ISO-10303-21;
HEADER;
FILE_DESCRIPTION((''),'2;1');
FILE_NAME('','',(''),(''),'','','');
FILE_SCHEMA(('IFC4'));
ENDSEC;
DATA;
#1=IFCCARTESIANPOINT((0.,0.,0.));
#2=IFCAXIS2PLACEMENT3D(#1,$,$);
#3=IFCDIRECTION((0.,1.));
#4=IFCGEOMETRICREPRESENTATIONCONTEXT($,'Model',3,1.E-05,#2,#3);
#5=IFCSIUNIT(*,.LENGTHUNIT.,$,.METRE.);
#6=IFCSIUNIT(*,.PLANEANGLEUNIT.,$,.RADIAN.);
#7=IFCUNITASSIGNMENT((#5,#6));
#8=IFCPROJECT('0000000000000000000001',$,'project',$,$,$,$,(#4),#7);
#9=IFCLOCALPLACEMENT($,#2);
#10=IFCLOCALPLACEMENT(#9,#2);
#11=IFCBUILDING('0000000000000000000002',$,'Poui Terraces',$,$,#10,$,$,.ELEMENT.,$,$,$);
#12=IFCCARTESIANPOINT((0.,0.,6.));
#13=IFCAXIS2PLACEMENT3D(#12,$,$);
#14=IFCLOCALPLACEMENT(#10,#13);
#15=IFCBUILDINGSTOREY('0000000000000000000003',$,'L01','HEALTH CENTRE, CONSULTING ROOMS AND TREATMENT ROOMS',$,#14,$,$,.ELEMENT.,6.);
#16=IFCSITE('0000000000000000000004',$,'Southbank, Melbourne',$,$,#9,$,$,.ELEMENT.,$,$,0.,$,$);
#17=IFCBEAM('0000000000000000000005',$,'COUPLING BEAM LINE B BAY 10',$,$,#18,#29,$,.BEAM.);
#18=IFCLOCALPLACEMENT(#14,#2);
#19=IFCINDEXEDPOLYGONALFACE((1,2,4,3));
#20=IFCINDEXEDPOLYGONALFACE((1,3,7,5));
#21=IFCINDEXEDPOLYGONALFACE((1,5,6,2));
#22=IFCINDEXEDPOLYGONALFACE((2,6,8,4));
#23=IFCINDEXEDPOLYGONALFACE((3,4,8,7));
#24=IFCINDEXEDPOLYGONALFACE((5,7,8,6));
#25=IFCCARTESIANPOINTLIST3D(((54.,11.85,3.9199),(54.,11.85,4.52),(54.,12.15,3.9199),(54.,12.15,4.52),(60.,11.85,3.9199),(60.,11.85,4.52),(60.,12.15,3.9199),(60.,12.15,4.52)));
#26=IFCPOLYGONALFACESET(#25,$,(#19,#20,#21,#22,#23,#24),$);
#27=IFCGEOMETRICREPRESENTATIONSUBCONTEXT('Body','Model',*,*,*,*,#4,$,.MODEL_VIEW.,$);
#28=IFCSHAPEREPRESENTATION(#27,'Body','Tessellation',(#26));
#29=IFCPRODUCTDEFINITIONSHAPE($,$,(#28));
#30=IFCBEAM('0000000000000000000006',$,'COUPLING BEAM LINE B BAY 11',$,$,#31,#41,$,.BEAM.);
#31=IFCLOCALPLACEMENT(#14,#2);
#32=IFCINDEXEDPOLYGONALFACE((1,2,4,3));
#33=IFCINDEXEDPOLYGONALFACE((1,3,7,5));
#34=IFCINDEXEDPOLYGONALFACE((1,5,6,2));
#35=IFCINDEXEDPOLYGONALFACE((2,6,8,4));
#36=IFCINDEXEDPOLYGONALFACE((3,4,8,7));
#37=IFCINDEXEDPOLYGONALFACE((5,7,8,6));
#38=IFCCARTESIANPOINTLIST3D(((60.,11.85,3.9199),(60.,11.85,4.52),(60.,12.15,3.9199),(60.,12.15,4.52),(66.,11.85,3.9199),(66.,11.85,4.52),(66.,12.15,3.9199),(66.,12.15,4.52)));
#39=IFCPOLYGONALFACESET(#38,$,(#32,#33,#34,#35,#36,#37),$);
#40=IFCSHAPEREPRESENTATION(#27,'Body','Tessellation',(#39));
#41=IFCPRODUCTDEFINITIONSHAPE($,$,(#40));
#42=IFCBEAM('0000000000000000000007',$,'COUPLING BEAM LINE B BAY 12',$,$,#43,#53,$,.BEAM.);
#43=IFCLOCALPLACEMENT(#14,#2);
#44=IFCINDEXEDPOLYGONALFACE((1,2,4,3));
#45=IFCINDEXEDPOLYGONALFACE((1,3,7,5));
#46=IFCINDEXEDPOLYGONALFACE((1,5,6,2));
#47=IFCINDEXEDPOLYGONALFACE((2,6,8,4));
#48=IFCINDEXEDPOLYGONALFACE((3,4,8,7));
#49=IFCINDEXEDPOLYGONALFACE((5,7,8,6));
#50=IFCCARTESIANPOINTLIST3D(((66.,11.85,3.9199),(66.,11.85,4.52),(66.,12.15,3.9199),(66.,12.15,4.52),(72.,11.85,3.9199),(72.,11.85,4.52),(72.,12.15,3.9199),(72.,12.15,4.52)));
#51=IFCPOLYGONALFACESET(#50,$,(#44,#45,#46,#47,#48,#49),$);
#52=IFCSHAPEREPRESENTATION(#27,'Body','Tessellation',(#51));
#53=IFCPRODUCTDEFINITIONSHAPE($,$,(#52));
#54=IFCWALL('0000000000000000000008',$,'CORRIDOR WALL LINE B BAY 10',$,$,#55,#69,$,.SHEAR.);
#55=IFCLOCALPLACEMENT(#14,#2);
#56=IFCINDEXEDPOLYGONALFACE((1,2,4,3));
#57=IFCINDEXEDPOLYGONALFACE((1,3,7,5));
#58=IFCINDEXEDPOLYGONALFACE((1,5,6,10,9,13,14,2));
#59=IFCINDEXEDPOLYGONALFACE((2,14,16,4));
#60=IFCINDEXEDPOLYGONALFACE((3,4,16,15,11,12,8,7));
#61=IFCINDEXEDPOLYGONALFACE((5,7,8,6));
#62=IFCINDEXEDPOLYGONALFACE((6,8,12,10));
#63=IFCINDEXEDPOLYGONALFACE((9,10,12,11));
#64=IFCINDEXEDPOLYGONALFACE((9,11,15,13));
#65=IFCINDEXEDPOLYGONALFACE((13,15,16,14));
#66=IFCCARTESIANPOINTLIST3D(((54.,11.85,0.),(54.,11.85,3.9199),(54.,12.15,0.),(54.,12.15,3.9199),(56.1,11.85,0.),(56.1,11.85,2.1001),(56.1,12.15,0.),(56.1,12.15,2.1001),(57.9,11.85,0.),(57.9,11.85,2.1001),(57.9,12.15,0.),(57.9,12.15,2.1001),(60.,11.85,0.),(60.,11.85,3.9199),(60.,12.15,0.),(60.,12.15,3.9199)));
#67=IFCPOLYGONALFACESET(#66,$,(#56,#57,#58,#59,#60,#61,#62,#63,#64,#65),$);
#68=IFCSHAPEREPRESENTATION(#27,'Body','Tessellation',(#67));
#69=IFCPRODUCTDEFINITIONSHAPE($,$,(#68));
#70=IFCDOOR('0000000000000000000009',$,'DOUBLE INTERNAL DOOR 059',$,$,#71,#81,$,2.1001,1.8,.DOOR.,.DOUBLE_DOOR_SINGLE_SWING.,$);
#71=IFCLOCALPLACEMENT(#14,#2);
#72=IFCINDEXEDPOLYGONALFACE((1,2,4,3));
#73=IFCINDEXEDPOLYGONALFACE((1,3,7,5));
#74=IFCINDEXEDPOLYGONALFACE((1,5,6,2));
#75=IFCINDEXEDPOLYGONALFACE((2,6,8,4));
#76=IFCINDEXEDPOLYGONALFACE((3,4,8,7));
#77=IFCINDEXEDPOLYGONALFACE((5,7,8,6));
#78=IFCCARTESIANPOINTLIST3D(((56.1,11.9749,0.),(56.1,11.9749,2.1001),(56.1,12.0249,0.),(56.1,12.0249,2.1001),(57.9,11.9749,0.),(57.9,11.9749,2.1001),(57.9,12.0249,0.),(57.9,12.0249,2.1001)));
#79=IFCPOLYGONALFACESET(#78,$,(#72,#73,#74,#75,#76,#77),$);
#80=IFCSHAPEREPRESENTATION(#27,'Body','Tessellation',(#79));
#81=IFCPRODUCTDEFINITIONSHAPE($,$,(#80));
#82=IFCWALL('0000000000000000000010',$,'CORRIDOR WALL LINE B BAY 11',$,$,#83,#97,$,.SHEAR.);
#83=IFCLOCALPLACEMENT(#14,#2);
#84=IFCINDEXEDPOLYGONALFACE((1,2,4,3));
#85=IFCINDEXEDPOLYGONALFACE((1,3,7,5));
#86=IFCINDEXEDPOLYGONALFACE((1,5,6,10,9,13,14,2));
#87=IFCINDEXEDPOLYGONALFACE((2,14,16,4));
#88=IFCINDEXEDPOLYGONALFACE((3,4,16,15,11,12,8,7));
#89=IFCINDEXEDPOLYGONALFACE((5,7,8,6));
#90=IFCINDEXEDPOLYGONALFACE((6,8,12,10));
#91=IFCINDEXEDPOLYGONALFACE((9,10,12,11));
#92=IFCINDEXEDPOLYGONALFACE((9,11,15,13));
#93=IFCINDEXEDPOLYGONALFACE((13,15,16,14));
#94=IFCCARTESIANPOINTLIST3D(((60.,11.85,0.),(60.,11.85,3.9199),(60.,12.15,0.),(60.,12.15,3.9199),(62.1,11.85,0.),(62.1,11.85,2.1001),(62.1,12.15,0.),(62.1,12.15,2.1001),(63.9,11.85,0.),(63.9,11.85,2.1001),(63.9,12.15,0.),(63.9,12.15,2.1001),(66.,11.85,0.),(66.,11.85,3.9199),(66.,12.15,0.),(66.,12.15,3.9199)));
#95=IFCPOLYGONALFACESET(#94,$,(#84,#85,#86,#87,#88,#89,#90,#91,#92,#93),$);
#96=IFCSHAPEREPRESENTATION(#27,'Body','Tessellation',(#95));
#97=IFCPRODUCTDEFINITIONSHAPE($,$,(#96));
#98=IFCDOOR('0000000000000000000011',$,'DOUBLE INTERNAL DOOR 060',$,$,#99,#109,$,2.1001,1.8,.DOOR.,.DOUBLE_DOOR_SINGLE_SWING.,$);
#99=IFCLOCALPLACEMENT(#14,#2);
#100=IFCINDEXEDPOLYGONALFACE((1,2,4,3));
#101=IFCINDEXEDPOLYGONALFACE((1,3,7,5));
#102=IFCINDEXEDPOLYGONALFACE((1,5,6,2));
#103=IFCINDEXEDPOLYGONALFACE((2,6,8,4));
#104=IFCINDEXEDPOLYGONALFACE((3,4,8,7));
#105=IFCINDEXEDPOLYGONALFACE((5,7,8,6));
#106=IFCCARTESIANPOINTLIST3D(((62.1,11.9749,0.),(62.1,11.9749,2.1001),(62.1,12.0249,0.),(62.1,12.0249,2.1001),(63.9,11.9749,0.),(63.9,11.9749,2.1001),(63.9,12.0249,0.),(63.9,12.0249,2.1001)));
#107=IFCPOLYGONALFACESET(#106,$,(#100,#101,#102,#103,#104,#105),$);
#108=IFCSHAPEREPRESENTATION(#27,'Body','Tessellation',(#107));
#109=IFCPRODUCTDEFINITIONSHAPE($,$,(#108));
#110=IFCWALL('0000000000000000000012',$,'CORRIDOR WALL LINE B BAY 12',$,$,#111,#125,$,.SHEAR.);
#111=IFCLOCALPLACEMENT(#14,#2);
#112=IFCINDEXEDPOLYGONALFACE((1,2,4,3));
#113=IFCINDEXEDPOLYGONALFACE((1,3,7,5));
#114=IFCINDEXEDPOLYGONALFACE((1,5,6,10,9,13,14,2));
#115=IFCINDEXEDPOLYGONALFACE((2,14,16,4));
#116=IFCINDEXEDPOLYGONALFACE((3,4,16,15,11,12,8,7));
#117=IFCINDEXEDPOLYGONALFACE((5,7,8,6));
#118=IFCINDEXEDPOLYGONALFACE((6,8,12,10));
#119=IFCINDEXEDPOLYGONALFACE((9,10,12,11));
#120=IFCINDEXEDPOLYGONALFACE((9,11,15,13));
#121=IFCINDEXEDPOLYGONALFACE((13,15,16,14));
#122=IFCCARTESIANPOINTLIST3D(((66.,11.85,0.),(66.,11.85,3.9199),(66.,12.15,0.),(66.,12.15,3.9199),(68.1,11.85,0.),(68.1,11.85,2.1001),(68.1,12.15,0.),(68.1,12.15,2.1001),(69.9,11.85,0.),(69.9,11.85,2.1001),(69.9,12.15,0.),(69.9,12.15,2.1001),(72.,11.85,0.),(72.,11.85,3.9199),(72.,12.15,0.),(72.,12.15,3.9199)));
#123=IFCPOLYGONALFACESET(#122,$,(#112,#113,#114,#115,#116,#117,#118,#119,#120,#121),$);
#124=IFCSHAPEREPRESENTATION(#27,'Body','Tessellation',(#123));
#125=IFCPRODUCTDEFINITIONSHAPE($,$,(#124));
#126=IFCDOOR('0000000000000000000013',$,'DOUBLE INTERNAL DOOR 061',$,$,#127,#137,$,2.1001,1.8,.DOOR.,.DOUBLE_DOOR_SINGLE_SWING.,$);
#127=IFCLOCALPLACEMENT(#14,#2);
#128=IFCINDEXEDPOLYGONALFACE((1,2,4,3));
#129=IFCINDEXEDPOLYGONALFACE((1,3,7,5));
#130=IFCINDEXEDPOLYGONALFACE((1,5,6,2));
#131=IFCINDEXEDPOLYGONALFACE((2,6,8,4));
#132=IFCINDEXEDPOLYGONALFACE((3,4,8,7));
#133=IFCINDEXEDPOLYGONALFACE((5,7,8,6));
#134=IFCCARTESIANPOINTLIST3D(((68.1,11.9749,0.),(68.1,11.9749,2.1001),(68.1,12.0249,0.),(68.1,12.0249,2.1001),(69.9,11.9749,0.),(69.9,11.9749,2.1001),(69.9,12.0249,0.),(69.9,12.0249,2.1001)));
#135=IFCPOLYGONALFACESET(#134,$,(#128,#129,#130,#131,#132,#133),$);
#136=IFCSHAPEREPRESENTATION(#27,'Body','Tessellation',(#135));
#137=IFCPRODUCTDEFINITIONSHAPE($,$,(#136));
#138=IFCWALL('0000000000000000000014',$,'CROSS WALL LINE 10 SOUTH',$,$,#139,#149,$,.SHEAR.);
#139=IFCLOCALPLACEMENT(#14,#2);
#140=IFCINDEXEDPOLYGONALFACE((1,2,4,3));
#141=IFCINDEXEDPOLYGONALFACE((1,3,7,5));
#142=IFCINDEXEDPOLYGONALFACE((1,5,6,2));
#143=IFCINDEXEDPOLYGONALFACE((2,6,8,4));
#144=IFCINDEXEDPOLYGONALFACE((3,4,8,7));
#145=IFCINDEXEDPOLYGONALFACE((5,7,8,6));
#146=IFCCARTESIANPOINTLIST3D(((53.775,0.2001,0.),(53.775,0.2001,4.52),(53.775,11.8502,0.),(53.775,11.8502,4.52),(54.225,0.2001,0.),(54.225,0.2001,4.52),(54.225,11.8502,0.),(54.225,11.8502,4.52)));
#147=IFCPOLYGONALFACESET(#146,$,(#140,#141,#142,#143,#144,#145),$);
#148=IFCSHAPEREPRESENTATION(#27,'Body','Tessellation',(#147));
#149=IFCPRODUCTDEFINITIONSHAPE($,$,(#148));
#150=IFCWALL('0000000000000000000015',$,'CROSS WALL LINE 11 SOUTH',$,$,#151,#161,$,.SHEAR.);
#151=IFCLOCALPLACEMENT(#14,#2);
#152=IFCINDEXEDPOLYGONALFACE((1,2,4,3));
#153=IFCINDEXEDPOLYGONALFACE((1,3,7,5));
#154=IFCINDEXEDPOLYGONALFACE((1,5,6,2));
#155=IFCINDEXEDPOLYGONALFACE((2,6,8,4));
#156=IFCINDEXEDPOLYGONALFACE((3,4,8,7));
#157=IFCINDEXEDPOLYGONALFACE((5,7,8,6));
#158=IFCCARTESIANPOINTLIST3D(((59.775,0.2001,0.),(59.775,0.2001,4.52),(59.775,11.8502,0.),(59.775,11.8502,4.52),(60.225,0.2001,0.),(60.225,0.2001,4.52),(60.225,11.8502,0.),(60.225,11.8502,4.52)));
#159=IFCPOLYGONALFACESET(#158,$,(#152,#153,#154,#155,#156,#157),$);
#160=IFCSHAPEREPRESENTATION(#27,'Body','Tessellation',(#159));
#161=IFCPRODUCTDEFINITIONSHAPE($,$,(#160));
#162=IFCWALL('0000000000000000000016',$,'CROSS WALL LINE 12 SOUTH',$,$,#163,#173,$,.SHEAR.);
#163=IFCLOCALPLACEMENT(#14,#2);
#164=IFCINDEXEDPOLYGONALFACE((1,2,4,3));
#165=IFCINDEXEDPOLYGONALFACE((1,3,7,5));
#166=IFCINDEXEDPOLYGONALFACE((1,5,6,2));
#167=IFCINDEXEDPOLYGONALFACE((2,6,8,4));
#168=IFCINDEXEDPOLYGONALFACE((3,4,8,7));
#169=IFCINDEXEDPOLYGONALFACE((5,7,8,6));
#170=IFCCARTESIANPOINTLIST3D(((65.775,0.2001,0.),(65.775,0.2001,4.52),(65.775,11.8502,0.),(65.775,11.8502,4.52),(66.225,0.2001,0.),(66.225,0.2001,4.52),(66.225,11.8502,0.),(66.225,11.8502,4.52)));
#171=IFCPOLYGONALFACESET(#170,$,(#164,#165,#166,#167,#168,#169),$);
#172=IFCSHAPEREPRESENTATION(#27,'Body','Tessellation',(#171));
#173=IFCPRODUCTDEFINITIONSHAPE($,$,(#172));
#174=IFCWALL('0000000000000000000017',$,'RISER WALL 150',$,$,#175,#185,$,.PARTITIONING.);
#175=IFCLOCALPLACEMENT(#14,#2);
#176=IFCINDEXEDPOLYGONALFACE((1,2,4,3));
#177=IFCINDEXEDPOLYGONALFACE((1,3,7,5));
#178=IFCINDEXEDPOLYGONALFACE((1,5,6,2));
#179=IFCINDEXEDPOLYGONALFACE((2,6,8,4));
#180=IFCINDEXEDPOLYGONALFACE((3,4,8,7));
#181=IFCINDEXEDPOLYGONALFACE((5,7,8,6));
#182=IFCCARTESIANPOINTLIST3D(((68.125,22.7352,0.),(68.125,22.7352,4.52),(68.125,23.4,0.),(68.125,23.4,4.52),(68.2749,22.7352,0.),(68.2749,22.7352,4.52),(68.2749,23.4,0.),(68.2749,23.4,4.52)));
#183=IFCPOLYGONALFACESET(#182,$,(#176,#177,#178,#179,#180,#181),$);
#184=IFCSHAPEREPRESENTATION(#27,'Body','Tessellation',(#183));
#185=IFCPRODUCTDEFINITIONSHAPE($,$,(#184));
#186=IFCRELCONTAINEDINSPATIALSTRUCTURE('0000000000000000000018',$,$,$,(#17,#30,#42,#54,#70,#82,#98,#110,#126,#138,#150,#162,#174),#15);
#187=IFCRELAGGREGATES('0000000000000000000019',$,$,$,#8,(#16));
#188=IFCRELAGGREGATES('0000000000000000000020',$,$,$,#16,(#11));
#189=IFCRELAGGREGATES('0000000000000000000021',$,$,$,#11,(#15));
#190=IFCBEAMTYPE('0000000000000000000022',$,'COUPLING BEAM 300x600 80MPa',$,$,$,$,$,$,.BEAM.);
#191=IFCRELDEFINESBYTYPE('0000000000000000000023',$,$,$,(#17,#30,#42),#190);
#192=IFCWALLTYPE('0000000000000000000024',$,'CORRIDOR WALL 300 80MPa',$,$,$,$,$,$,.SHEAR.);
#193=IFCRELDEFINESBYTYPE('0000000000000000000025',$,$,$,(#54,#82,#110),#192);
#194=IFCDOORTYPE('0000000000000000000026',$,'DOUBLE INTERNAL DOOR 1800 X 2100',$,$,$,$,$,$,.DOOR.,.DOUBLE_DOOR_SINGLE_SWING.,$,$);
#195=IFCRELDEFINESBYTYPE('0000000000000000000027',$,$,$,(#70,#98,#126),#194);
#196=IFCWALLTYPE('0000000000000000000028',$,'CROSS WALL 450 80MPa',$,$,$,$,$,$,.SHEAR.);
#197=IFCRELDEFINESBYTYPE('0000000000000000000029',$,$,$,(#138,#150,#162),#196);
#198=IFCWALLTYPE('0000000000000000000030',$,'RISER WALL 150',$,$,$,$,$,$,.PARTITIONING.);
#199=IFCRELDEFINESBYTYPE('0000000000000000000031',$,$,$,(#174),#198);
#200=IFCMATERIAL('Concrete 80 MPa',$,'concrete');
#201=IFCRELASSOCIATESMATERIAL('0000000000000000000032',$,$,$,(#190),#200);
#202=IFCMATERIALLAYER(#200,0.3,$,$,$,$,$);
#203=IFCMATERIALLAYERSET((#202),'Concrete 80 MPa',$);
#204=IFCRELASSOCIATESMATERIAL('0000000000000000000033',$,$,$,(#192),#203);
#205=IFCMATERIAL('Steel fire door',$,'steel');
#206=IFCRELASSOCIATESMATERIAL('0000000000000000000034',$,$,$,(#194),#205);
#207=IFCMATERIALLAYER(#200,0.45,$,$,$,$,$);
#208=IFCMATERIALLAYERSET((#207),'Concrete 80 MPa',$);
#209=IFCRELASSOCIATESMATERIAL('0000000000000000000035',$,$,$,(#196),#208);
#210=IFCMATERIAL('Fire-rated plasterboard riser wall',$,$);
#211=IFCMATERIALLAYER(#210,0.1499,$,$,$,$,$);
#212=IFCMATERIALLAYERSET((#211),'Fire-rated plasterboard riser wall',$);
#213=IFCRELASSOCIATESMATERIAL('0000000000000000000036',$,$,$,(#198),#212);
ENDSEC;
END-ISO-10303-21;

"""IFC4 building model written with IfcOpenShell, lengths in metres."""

from ifc_helpers import new_model, si_unit, direction, frame, frame_2d, origin, origin_2d, place, context, subcontext, project, spatial, rectangle, extrude, source, transform, mapped, material, layer, layer_set, material_profile, profile_set, type_object, element, fill, save


model = new_model("IFC4")

# Units and contexts
model_context = context("Model", 3, precision=1e-05, world=origin(), true_north=direction((0.0, 1.0)))
body_context = subcontext(model_context, "Body", "Model", "MODEL_VIEW")
ifc_project = project(units=[si_unit("LENGTHUNIT", "METRE"), si_unit("PLANEANGLEUNIT", "RADIAN")], contexts=[model_context])

# Site, building, storey
site_placement = place(None, origin())
site = spatial("IfcSite", under=ifc_project, at=site_placement, Name="Southbank, Melbourne", CompositionType="ELEMENT", RefElevation=0.0)
building_placement = place(site_placement, origin())
building = spatial("IfcBuilding", under=site, at=building_placement, Name="Poui Terraces", CompositionType="ELEMENT")
storey_placement = place(building_placement, frame((0.0, 0.0, 6.0)))
storey = spatial("IfcBuildingStorey", under=building, at=storey_placement, Name="L01", Description="HEALTH CENTRE, CONSULTING ROOMS AND TREATMENT ROOMS", CompositionType="ELEMENT", Elevation=6.0)

# Beams
ifc_material_1 = material(Name="Concrete 80 MPa", Category="concrete")
ifc_material_profile = material_profile(ifc_material_1, rectangle(XDim=0.3, YDim=0.6001, at=origin_2d()), Name="RC 300x600")
ifc_profile_set = profile_set([ifc_material_profile], Name="Concrete 80 MPa")
beam_type = type_object("IfcBeamType", Name="COUPLING BEAM 300x600 80MPa", PredefinedType="BEAM", material=ifc_profile_set)
shared_shape = source(origin(), body_context, "Body", "SweptSolid", [
    extrude(rectangle(XDim=0.3, YDim=0.6001, at=origin_2d()), origin(), (0.0, 0.0, 1.0), 6.0),
])
for number, where, z_axis, x_axis, name in (
    (1, (54.0, 12.0, 4.22), (1.0, 0.0, 0.0), (0.0, 1.0, 0.0), "COUPLING BEAM LINE B BAY 10"),
    (2, (60.0, 12.0, 4.22), (1.0, 0.0, 0.0), (0.0, 1.0, 0.0), "COUPLING BEAM LINE B BAY 11"),
    (3, (66.0, 12.0, 4.22), (1.0, 0.0, 0.0), (0.0, 1.0, 0.0), "COUPLING BEAM LINE B BAY 12"),
):
    element("IfcBeam", number, at=place(storey_placement, frame(where, z_axis=z_axis, x_axis=x_axis)), inside=storey, type_object=beam_type, Name=name, PredefinedType="BEAM", context=body_context, shape_type="MappedRepresentation", body=[
        mapped(shared_shape, transform((0.0, 0.0, 0.0))),
    ])

# Walls, openings, doors
ifc_layer_1 = layer(ifc_material_1, 0.3)
ifc_layer_set_1 = layer_set([ifc_layer_1], Name="Concrete 80 MPa")
wall_type_1 = type_object("IfcWallType", Name="CORRIDOR WALL 300 80MPa", PredefinedType="SHEAR", material=ifc_layer_set_1)
wall_1_placement = place(storey_placement, frame((54.0, 12.0, 0.0), z_axis=(0.0, 0.0, 1.0), x_axis=(1.0, 0.0, 0.0)))
wall_1 = element("IfcWall", 4, at=wall_1_placement, inside=storey, type_object=wall_type_1, Name="CORRIDOR WALL LINE B BAY 10", PredefinedType="SHEAR", context=body_context, shape_type="SweptSolid", body=[
    extrude(rectangle(XDim=6.0, YDim=0.3, at=frame_2d((3.0, 0.0))), origin(), (0.0, 0.0, 1.0), 3.9199),
])
opening_1_placement = place(wall_1_placement, frame((2.1001, 0.0, 0.0)))
opening_1 = element("IfcOpeningElement", 5, at=opening_1_placement, cuts=wall_1, PredefinedType="OPENING", context=body_context, shape_type="SweptSolid", body=[
    extrude(rectangle(XDim=1.8, YDim=2.1001, at=frame_2d((0.8999, 1.05))), frame((0.0, 0.1602, 0.0), z_axis=(0.0, -1.0, 0.0), x_axis=(1.0, 0.0, 0.0)), (0.0, 0.0, 1.0), 0.3201),
])
ifc_material_2 = material(Name="Steel fire door", Category="steel")
door_type_1 = type_object("IfcDoorType", Name="DOUBLE INTERNAL DOOR 1800 X 2100", OperationType="DOUBLE_DOOR_SINGLE_SWING", PredefinedType="DOOR", material=ifc_material_2)
door_1_placement = place(opening_1_placement, origin())
door_1 = element("IfcDoor", 6, at=door_1_placement, inside=storey, type_object=door_type_1, Name="DOUBLE INTERNAL DOOR 059", OperationType="DOUBLE_DOOR_SINGLE_SWING", OverallHeight=2.1001, OverallWidth=1.8, PredefinedType="DOOR", context=body_context, shape_type="SweptSolid", body=[
    extrude(rectangle(XDim=1.8, YDim=2.1001, at=frame_2d((0.8999, 1.05))), frame((0.0, 0.0249, 0.0), z_axis=(0.0, -1.0, 0.0), x_axis=(1.0, 0.0, 0.0)), (0.0, 0.0, 1.0), 0.05),
])
fill(opening_1, door_1)
wall_2_placement = place(storey_placement, frame((60.0, 12.0, 0.0), z_axis=(0.0, 0.0, 1.0), x_axis=(1.0, 0.0, 0.0)))
wall_2 = element("IfcWall", 7, at=wall_2_placement, inside=storey, type_object=wall_type_1, Name="CORRIDOR WALL LINE B BAY 11", PredefinedType="SHEAR", context=body_context, shape_type="SweptSolid", body=[
    extrude(rectangle(XDim=6.0, YDim=0.3, at=frame_2d((3.0, 0.0))), origin(), (0.0, 0.0, 1.0), 3.9199),
])
opening_2_placement = place(wall_2_placement, frame((2.1001, 0.0, 0.0)))
opening_2 = element("IfcOpeningElement", 8, at=opening_2_placement, cuts=wall_2, PredefinedType="OPENING", context=body_context, shape_type="SweptSolid", body=[
    extrude(rectangle(XDim=1.8, YDim=2.1001, at=frame_2d((0.8999, 1.05))), frame((0.0, 0.1602, 0.0), z_axis=(0.0, -1.0, 0.0), x_axis=(1.0, 0.0, 0.0)), (0.0, 0.0, 1.0), 0.3201),
])
door_2_placement = place(opening_2_placement, origin())
door_2 = element("IfcDoor", 9, at=door_2_placement, inside=storey, type_object=door_type_1, Name="DOUBLE INTERNAL DOOR 060", OperationType="DOUBLE_DOOR_SINGLE_SWING", OverallHeight=2.1001, OverallWidth=1.8, PredefinedType="DOOR", context=body_context, shape_type="SweptSolid", body=[
    extrude(rectangle(XDim=1.8, YDim=2.1001, at=frame_2d((0.8999, 1.05))), frame((0.0, 0.0249, 0.0), z_axis=(0.0, -1.0, 0.0), x_axis=(1.0, 0.0, 0.0)), (0.0, 0.0, 1.0), 0.05),
])
fill(opening_2, door_2)
wall_3_placement = place(storey_placement, frame((66.0, 12.0, 0.0), z_axis=(0.0, 0.0, 1.0), x_axis=(1.0, 0.0, 0.0)))
wall_3 = element("IfcWall", 10, at=wall_3_placement, inside=storey, type_object=wall_type_1, Name="CORRIDOR WALL LINE B BAY 12", PredefinedType="SHEAR", context=body_context, shape_type="SweptSolid", body=[
    extrude(rectangle(XDim=6.0, YDim=0.3, at=frame_2d((3.0, 0.0))), origin(), (0.0, 0.0, 1.0), 3.9199),
])
opening_3_placement = place(wall_3_placement, frame((2.1001, 0.0, 0.0)))
opening_3 = element("IfcOpeningElement", 11, at=opening_3_placement, cuts=wall_3, PredefinedType="OPENING", context=body_context, shape_type="SweptSolid", body=[
    extrude(rectangle(XDim=1.8, YDim=2.1001, at=frame_2d((0.8999, 1.05))), frame((0.0, 0.1602, 0.0), z_axis=(0.0, -1.0, 0.0), x_axis=(1.0, 0.0, 0.0)), (0.0, 0.0, 1.0), 0.3201),
])
door_3_placement = place(opening_3_placement, origin())
door_3 = element("IfcDoor", 12, at=door_3_placement, inside=storey, type_object=door_type_1, Name="DOUBLE INTERNAL DOOR 061", OperationType="DOUBLE_DOOR_SINGLE_SWING", OverallHeight=2.1001, OverallWidth=1.8, PredefinedType="DOOR", context=body_context, shape_type="SweptSolid", body=[
    extrude(rectangle(XDim=1.8, YDim=2.1001, at=frame_2d((0.8999, 1.05))), frame((0.0, 0.0249, 0.0), z_axis=(0.0, -1.0, 0.0), x_axis=(1.0, 0.0, 0.0)), (0.0, 0.0, 1.0), 0.05),
])
fill(opening_3, door_3)

# Walls
ifc_layer_2 = layer(ifc_material_1, 0.45)
ifc_layer_set_2 = layer_set([ifc_layer_2], Name="Concrete 80 MPa")
wall_type_2 = type_object("IfcWallType", Name="CROSS WALL 450 80MPa", PredefinedType="SHEAR", material=ifc_layer_set_2)
for number, where, z_axis, x_axis, name in (
    (13, (54.0, 0.2, 0.0), (0.0, 0.0, 1.0), (0.0, 1.0, 0.0), "CROSS WALL LINE 10 SOUTH"),
    (14, (60.0, 0.2, 0.0), (0.0, 0.0, 1.0), (0.0, 1.0, 0.0), "CROSS WALL LINE 11 SOUTH"),
    (15, (66.0, 0.2, 0.0), (0.0, 0.0, 1.0), (0.0, 1.0, 0.0), "CROSS WALL LINE 12 SOUTH"),
):
    element("IfcWall", number, at=place(storey_placement, frame(where, z_axis=z_axis, x_axis=x_axis)), inside=storey, type_object=wall_type_2, Name=name, PredefinedType="SHEAR", context=body_context, shape_type="SweptSolid", body=[
        extrude(rectangle(XDim=11.6501, YDim=0.45, at=frame_2d((5.8252, 0.0))), origin(), (0.0, 0.0, 1.0), 4.52),
    ])
ifc_material_3 = material(Name="Fire-rated plasterboard riser wall")
ifc_layer_3 = layer(ifc_material_3, 0.1499)
ifc_layer_set_3 = layer_set([ifc_layer_3], Name="Fire-rated plasterboard riser wall")
wall_type_3 = type_object("IfcWallType", Name="RISER WALL 150", PredefinedType="PARTITIONING", material=ifc_layer_set_3)
wall_4_placement = place(storey_placement, frame((68.2, 22.7351, 0.0), z_axis=(0.0, 0.0, 1.0), x_axis=(0.0, 1.0, 0.0)))
element("IfcWall", 16, at=wall_4_placement, inside=storey, type_object=wall_type_3, Name="RISER WALL 150", PredefinedType="PARTITIONING", context=body_context, shape_type="SweptSolid", body=[
    extrude(rectangle(XDim=0.6648, YDim=0.1499, at=frame_2d((0.3325, 0.0))), origin(), (0.0, 0.0, 1.0), 4.52),
])

save(model, "model.ifc")
